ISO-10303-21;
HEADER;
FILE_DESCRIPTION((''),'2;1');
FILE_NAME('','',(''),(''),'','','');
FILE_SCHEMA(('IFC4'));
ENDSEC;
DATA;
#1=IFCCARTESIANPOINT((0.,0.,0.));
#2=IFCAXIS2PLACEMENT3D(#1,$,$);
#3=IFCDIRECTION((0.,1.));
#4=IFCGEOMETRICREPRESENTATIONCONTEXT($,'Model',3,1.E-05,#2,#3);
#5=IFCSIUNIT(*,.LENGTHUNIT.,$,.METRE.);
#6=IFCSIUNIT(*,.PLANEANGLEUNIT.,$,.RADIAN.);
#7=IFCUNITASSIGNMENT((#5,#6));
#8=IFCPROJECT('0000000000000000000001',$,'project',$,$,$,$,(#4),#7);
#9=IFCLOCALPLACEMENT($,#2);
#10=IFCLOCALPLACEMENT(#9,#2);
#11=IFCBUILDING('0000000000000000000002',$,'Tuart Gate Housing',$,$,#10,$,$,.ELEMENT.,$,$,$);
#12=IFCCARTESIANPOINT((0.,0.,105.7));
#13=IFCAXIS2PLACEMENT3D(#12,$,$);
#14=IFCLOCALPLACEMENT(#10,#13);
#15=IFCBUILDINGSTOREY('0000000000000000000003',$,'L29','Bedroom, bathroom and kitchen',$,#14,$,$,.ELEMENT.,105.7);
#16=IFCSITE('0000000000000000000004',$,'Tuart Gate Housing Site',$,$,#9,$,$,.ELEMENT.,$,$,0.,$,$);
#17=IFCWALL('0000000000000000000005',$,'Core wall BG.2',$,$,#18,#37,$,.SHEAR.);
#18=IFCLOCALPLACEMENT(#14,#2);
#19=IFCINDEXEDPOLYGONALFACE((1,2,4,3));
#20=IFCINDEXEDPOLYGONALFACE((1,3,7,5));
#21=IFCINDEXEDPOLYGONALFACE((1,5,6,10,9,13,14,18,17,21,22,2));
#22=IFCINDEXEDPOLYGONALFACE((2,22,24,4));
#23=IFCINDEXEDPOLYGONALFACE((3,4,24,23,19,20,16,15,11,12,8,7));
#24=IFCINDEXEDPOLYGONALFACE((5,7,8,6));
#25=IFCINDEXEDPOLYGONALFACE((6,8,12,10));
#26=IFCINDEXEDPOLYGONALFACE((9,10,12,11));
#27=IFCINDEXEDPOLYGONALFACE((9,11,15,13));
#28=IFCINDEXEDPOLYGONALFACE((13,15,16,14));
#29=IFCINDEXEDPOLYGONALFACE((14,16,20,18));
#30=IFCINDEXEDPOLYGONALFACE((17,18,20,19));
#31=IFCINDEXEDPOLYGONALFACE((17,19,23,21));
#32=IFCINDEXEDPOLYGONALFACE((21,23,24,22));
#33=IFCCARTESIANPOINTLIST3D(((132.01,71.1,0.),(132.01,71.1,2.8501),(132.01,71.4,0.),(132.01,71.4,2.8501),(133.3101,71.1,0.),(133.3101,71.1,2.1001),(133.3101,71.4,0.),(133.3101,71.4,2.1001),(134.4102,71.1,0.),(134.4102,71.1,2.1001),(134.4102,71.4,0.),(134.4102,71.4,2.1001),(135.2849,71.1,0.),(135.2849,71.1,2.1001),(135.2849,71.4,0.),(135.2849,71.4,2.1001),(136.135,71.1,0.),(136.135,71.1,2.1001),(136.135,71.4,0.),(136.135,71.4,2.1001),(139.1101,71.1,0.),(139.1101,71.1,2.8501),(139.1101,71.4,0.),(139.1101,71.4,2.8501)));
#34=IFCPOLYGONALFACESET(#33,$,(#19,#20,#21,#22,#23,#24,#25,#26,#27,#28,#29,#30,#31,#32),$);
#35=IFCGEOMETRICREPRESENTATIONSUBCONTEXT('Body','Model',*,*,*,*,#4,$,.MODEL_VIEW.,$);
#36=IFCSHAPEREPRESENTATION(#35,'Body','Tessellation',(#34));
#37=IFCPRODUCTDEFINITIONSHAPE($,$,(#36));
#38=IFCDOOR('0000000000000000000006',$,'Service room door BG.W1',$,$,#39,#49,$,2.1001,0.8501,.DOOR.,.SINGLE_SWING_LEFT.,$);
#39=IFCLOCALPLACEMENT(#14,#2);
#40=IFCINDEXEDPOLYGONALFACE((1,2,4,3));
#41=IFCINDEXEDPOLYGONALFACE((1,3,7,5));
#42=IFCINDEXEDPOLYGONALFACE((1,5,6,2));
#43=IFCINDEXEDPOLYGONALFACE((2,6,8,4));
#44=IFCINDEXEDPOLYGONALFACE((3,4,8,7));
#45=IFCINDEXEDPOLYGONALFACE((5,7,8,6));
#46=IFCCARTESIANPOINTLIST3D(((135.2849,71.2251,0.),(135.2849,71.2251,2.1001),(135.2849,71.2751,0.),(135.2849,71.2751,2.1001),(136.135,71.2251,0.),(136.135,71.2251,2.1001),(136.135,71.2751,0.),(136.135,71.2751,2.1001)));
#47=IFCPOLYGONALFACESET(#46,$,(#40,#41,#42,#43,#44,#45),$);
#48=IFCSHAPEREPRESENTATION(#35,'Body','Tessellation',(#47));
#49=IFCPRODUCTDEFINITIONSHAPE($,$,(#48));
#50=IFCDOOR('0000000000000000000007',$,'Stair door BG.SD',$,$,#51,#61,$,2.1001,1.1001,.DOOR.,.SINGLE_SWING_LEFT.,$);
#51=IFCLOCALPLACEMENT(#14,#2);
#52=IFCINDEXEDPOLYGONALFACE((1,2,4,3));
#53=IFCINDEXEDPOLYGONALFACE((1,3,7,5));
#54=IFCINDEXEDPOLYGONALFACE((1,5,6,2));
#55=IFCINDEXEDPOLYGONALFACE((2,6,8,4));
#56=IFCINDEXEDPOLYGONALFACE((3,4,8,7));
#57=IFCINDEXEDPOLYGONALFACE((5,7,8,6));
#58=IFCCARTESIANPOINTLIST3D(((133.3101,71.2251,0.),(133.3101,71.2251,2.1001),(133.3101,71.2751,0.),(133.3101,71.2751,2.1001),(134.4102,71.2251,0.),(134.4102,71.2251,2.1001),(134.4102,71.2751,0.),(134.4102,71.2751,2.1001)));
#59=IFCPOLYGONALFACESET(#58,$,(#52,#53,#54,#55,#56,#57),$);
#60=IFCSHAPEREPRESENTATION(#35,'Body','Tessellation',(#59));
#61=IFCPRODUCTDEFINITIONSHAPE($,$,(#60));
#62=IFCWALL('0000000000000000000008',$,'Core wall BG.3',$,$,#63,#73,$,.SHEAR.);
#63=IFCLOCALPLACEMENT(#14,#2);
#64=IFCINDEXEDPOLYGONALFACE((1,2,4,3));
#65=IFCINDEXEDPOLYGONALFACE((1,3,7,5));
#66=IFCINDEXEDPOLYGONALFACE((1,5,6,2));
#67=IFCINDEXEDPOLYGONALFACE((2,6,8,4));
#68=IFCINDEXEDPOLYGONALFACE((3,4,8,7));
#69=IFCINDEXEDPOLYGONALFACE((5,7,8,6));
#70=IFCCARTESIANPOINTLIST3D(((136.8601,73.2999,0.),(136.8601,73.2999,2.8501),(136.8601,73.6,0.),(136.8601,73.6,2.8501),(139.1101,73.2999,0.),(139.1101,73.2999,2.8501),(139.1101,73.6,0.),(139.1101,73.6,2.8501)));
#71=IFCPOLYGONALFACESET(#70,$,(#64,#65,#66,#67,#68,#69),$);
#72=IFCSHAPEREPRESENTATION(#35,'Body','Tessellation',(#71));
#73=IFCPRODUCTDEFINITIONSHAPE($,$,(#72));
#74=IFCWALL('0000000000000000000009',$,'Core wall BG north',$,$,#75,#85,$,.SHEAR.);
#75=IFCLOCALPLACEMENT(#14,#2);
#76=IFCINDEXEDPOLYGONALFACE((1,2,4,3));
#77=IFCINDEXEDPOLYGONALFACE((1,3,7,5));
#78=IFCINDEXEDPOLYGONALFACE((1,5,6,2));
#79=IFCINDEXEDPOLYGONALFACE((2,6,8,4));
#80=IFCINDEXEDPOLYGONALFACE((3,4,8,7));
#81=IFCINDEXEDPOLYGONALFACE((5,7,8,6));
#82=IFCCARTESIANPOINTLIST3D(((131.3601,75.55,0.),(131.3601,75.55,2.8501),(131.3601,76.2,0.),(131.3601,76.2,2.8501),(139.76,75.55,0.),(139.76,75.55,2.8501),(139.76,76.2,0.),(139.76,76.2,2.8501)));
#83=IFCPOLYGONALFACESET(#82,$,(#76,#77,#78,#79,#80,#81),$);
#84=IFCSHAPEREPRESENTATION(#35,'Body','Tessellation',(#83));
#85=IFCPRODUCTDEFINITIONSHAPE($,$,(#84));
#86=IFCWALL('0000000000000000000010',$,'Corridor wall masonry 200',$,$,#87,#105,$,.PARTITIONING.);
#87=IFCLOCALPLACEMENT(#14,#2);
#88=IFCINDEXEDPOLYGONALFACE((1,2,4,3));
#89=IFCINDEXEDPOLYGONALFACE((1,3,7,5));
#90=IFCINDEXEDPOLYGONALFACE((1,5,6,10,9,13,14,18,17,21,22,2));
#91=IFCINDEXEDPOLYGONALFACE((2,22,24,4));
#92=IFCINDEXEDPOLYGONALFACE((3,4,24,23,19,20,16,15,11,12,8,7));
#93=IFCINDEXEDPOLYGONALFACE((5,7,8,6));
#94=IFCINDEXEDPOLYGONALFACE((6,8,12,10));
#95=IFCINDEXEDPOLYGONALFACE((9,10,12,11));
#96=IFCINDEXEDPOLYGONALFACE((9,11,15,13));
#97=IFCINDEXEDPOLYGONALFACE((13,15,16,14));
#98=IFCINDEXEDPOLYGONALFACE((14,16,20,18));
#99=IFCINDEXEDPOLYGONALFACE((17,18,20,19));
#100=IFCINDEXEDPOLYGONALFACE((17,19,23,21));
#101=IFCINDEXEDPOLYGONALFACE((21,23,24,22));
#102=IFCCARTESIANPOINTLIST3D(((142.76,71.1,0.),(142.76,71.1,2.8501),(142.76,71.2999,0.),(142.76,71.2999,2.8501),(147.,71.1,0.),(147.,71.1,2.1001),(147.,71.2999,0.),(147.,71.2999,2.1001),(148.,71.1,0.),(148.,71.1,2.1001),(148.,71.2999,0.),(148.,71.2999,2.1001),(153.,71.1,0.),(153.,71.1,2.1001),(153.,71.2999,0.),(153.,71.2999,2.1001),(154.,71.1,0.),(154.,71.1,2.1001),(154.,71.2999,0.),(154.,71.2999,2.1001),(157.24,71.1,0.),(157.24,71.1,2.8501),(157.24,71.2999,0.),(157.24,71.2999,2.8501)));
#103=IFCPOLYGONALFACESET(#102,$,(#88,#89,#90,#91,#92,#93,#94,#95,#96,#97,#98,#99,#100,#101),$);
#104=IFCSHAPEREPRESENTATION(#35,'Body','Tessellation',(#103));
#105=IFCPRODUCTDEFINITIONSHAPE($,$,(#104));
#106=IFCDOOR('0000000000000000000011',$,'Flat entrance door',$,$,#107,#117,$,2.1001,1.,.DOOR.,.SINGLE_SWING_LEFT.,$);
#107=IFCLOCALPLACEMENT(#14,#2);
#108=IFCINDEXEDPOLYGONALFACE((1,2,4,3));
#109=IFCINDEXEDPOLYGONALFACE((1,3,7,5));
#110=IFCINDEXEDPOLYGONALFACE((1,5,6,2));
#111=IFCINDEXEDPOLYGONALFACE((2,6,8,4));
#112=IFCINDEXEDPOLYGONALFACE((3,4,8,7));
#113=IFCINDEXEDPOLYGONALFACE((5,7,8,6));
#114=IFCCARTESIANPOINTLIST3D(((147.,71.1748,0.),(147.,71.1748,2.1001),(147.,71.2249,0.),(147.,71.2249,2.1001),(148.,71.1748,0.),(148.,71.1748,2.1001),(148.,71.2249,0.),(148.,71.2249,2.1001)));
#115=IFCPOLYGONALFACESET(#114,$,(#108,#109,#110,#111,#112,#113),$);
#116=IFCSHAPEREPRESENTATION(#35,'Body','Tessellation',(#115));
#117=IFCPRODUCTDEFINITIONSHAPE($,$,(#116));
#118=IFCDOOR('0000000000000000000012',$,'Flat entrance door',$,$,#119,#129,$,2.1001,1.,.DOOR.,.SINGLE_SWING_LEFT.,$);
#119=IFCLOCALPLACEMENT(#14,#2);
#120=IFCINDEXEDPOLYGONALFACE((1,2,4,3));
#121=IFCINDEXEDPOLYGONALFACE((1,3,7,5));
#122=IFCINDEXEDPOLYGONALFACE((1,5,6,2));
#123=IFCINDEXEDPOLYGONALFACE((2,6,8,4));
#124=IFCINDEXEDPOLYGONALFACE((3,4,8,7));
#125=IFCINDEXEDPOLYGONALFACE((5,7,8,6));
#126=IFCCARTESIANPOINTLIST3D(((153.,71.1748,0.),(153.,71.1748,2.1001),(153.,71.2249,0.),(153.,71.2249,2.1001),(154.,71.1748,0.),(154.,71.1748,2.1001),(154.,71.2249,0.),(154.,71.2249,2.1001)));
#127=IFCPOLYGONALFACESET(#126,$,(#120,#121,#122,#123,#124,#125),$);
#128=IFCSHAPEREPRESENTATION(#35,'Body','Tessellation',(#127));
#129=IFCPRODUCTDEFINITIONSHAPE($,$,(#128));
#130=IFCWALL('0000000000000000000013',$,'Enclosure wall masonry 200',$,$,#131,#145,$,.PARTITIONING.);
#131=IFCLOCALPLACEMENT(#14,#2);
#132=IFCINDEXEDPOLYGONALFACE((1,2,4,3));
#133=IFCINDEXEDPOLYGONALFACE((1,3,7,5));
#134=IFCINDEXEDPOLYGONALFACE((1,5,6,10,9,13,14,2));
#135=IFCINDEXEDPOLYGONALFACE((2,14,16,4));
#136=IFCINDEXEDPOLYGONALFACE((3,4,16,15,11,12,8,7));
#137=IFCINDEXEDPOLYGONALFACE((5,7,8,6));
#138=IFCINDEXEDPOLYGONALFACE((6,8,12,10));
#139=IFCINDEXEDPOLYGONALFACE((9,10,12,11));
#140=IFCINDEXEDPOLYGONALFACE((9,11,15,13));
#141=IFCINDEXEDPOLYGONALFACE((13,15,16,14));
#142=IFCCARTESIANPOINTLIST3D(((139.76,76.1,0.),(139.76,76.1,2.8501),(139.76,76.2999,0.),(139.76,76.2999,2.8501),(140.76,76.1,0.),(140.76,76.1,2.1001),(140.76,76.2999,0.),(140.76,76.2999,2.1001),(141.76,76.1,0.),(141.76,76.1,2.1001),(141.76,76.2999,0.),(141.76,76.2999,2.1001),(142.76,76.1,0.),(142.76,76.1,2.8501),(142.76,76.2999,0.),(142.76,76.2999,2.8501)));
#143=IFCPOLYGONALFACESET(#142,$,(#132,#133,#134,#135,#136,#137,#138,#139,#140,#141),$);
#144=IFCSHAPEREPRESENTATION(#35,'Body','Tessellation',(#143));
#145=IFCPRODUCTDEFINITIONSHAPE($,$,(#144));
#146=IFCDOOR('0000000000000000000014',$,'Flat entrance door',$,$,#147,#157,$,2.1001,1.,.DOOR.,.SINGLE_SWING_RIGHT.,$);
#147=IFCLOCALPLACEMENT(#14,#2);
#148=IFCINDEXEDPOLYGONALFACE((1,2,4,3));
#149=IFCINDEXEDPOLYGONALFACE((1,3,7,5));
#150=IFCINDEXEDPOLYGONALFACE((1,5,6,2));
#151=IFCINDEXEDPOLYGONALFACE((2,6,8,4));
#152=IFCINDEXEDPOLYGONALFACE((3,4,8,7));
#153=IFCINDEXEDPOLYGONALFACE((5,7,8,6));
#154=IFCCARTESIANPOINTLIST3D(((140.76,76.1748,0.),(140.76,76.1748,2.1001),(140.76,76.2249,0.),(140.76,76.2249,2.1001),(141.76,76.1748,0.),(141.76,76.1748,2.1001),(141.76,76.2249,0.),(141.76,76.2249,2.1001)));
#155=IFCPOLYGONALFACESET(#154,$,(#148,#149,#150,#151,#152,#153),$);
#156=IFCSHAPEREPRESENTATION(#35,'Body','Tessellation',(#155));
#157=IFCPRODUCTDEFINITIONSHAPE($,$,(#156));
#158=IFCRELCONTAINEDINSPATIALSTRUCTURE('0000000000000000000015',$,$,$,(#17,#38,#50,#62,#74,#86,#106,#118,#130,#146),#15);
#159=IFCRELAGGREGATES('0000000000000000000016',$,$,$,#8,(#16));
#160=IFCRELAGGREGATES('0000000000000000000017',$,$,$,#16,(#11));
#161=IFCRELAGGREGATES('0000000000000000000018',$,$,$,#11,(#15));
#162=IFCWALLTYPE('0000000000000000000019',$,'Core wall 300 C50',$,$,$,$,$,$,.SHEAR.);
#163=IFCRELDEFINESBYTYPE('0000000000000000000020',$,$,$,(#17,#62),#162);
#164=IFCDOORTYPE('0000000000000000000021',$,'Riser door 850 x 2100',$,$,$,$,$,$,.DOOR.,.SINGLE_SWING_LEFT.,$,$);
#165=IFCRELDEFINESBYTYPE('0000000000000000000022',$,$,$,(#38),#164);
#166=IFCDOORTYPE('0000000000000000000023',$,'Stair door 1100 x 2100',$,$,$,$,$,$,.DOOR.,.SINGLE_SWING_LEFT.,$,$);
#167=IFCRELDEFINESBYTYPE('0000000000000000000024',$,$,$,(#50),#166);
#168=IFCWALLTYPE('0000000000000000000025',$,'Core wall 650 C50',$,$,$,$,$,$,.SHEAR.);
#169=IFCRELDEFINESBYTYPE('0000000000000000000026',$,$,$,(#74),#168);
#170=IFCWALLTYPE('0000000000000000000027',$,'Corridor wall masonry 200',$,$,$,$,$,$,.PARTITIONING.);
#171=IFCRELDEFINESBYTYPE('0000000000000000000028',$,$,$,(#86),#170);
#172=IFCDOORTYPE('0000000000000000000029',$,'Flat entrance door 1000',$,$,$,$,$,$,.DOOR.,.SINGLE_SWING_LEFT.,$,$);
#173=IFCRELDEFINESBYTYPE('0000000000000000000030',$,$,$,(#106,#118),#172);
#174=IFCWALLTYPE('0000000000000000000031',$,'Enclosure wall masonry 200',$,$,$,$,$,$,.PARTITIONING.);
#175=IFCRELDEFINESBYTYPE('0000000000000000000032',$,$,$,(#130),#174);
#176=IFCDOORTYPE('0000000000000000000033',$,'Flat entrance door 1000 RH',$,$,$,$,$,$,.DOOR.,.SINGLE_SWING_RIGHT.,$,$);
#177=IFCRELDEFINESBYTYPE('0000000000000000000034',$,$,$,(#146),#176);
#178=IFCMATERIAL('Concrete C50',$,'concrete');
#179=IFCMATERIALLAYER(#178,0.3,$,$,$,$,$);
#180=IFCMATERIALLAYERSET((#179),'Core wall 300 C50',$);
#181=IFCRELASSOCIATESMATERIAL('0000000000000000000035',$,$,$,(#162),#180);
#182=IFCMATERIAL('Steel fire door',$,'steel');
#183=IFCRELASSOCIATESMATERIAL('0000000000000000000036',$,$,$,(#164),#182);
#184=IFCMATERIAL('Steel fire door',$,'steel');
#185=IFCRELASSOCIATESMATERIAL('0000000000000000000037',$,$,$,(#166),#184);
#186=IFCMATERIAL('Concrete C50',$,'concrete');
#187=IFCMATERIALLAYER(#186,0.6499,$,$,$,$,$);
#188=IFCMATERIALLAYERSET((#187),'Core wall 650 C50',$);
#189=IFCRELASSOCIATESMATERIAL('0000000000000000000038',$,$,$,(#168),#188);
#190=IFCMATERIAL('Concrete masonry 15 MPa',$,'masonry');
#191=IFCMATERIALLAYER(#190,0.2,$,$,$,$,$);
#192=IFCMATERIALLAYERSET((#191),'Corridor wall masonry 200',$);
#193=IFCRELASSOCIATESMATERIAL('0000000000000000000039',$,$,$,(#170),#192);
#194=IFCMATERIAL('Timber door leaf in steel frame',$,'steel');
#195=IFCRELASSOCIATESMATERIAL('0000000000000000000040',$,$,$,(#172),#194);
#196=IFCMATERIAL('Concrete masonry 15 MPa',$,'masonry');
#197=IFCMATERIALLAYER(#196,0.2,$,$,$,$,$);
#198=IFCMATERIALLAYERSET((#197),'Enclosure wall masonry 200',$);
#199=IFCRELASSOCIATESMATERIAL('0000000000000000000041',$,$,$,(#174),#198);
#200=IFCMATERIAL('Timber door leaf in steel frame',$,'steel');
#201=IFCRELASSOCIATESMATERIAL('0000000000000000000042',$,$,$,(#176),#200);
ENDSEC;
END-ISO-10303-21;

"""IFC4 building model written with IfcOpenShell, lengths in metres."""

from ifc_helpers import new_model, si_unit, direction, frame, frame_2d, origin, place, context, subcontext, project, spatial, rectangle, extrude, material, layer, layer_set, type_object, element, fill, save


model = new_model("IFC4")

# Units and contexts
model_context = context("Model", 3, precision=1e-05, world=origin(), true_north=direction((0.0, 1.0)))
body_context = subcontext(model_context, "Body", "Model", "MODEL_VIEW")
ifc_project = project(units=[si_unit("LENGTHUNIT", "METRE"), si_unit("PLANEANGLEUNIT", "RADIAN")], contexts=[model_context])

# Site, building, storey
site_placement = place(None, origin())
site = spatial("IfcSite", under=ifc_project, at=site_placement, Name="Tuart Gate Housing Site", CompositionType="ELEMENT", RefElevation=0.0)
building_placement = place(site_placement, origin())
building = spatial("IfcBuilding", under=site, at=building_placement, Name="Tuart Gate Housing", CompositionType="ELEMENT")
storey_placement = place(building_placement, frame((0.0, 0.0, 105.7)))
storey = spatial("IfcBuildingStorey", under=building, at=storey_placement, Name="L29", Description="Bedroom, bathroom and kitchen", CompositionType="ELEMENT", Elevation=105.7)

# Wall, openings, doors
ifc_material_1 = material(Name="Concrete C50", Category="concrete")
ifc_layer_1 = layer(ifc_material_1, 0.3)
ifc_layer_set_1 = layer_set([ifc_layer_1], Name="Core wall 300 C50")
wall_type_1 = type_object("IfcWallType", Name="Core wall 300 C50", PredefinedType="SHEAR", material=ifc_layer_set_1)
wall_1_placement = place(storey_placement, frame((139.1101, 71.25, 0.0), z_axis=(0.0, 0.0, 1.0), x_axis=(-1.0, 0.0, 0.0)))
wall_1 = element("IfcWall", 1, at=wall_1_placement, inside=storey, type_object=wall_type_1, Name="Core wall BG.2", PredefinedType="SHEAR", context=body_context, shape_type="SweptSolid", body=[
    extrude(rectangle(XDim=7.1001, YDim=0.3, at=frame_2d((3.55, 0.0))), origin(), (0.0, 0.0, 1.0), 2.8501),
])
opening_1_placement = place(wall_1_placement, frame((4.7, 0.0, 0.0)))
opening_1 = element("IfcOpeningElement", 2, at=opening_1_placement, cuts=wall_1, PredefinedType="OPENING", context=body_context, shape_type="SweptSolid", body=[
    extrude(rectangle(XDim=1.1001, YDim=2.1001, at=frame_2d((0.55, 1.05))), frame((0.0, 0.1599, 0.0), z_axis=(0.0, -1.0, 0.0), x_axis=(1.0, 0.0, 0.0)), (0.0, 0.0, 1.0), 0.3201),
])
opening_2_placement = place(wall_1_placement, frame((2.9751, 0.0, 0.0)))
opening_2 = element("IfcOpeningElement", 3, at=opening_2_placement, cuts=wall_1, PredefinedType="OPENING", context=body_context, shape_type="SweptSolid", body=[
    extrude(rectangle(XDim=0.8501, YDim=2.1001, at=frame_2d((0.425, 1.05))), frame((0.0, 0.1599, 0.0), z_axis=(0.0, -1.0, 0.0), x_axis=(1.0, 0.0, 0.0)), (0.0, 0.0, 1.0), 0.3201),
])
ifc_material_2 = material(Name="Steel fire door", Category="steel")
door_type_1 = type_object("IfcDoorType", Name="Riser door 850 x 2100", OperationType="SINGLE_SWING_LEFT", PredefinedType="DOOR", material=ifc_material_2)
door_1_placement = place(opening_2_placement, origin())
door_1 = element("IfcDoor", 4, at=door_1_placement, inside=storey, type_object=door_type_1, Name="Service room door BG.W1", OperationType="SINGLE_SWING_LEFT", OverallHeight=2.1001, OverallWidth=0.8501, PredefinedType="DOOR", context=body_context, shape_type="SweptSolid", body=[
    extrude(rectangle(XDim=0.8501, YDim=2.1001, at=frame_2d((0.425, 1.05))), frame((0.0, 0.0249, 0.0), z_axis=(0.0, -1.0, 0.0), x_axis=(1.0, 0.0, 0.0)), (0.0, 0.0, 1.0), 0.05),
])
fill(opening_2, door_1)
ifc_material_3 = material(Name="Steel fire door", Category="steel")
door_type_2 = type_object("IfcDoorType", Name="Stair door 1100 x 2100", OperationType="SINGLE_SWING_LEFT", PredefinedType="DOOR", material=ifc_material_3)
door_2_placement = place(opening_1_placement, origin())
door_2 = element("IfcDoor", 5, at=door_2_placement, inside=storey, type_object=door_type_2, Name="Stair door BG.SD", OperationType="SINGLE_SWING_LEFT", OverallHeight=2.1001, OverallWidth=1.1001, PredefinedType="DOOR", context=body_context, shape_type="SweptSolid", body=[
    extrude(rectangle(XDim=1.1001, YDim=2.1001, at=frame_2d((0.55, 1.05))), frame((0.0, 0.0249, 0.0), z_axis=(0.0, -1.0, 0.0), x_axis=(1.0, 0.0, 0.0)), (0.0, 0.0, 1.0), 0.05),
])
fill(opening_1, door_2)

# Walls
wall_2_placement = place(storey_placement, frame((139.1101, 73.45, 0.0), z_axis=(0.0, 0.0, 1.0), x_axis=(-1.0, 0.0, 0.0)))
element("IfcWall", 6, at=wall_2_placement, inside=storey, type_object=wall_type_1, Name="Core wall BG.3", PredefinedType="SHEAR", context=body_context, shape_type="SweptSolid", body=[
    extrude(rectangle(XDim=2.25, YDim=0.3, at=frame_2d((1.125, 0.0))), origin(), (0.0, 0.0, 1.0), 2.8501),
])
ifc_material_4 = material(Name="Concrete C50", Category="concrete")
ifc_layer_2 = layer(ifc_material_4, 0.6499)
ifc_layer_set_2 = layer_set([ifc_layer_2], Name="Core wall 650 C50")
wall_type_2 = type_object("IfcWallType", Name="Core wall 650 C50", PredefinedType="SHEAR", material=ifc_layer_set_2)
wall_3_placement = place(storey_placement, frame((139.76, 75.875, 0.0), z_axis=(0.0, 0.0, 1.0), x_axis=(-1.0, 0.0, 0.0)))
element("IfcWall", 7, at=wall_3_placement, inside=storey, type_object=wall_type_2, Name="Core wall BG north", PredefinedType="SHEAR", context=body_context, shape_type="SweptSolid", body=[
    extrude(rectangle(XDim=8.3999, YDim=0.6499, at=frame_2d((4.2, 0.0))), origin(), (0.0, 0.0, 1.0), 2.8501),
])

# Wall, openings, doors
ifc_material_5 = material(Name="Concrete masonry 15 MPa", Category="masonry")
ifc_layer_3 = layer(ifc_material_5, 0.2)
ifc_layer_set_3 = layer_set([ifc_layer_3], Name="Corridor wall masonry 200")
wall_type_3 = type_object("IfcWallType", Name="Corridor wall masonry 200", PredefinedType="PARTITIONING", material=ifc_layer_set_3)
wall_4_placement = place(storey_placement, frame((142.76, 71.2, 0.0), z_axis=(0.0, 0.0, 1.0), x_axis=(1.0, 0.0, 0.0)))
wall_4 = element("IfcWall", 8, at=wall_4_placement, inside=storey, type_object=wall_type_3, Name="Corridor wall masonry 200", PredefinedType="PARTITIONING", context=body_context, shape_type="SweptSolid", body=[
    extrude(rectangle(XDim=14.48, YDim=0.2, at=frame_2d((7.24, 0.0))), origin(), (0.0, 0.0, 1.0), 2.8501),
])
opening_3_placement = place(wall_4_placement, frame((4.24, 0.0, 0.0)))
opening_3 = element("IfcOpeningElement", 9, at=opening_3_placement, cuts=wall_4, PredefinedType="OPENING", context=body_context, shape_type="SweptSolid", body=[
    extrude(rectangle(XDim=1.0, YDim=2.1001, at=frame_2d((0.5, 1.05))), frame((0.0, 0.1099, 0.0), z_axis=(0.0, -1.0, 0.0), x_axis=(1.0, 0.0, 0.0)), (0.0, 0.0, 1.0), 0.22),
])
opening_4_placement = place(wall_4_placement, frame((10.24, 0.0, 0.0)))
opening_4 = element("IfcOpeningElement", 10, at=opening_4_placement, cuts=wall_4, PredefinedType="OPENING", context=body_context, shape_type="SweptSolid", body=[
    extrude(rectangle(XDim=1.0, YDim=2.1001, at=frame_2d((0.5, 1.05))), frame((0.0, 0.1099, 0.0), z_axis=(0.0, -1.0, 0.0), x_axis=(1.0, 0.0, 0.0)), (0.0, 0.0, 1.0), 0.22),
])
ifc_material_6 = material(Name="Timber door leaf in steel frame", Category="steel")
door_type_3 = type_object("IfcDoorType", Name="Flat entrance door 1000", OperationType="SINGLE_SWING_LEFT", PredefinedType="DOOR", material=ifc_material_6)
door_3_placement = place(opening_3_placement, origin())
door_3 = element("IfcDoor", 11, at=door_3_placement, inside=storey, type_object=door_type_3, Name="Flat entrance door", OperationType="SINGLE_SWING_LEFT", OverallHeight=2.1001, OverallWidth=1.0, PredefinedType="DOOR", context=body_context, shape_type="SweptSolid", body=[
    extrude(rectangle(XDim=1.0, YDim=2.1001, at=frame_2d((0.5, 1.05))), frame((0.0, 0.0249, 0.0), z_axis=(0.0, -1.0, 0.0), x_axis=(1.0, 0.0, 0.0)), (0.0, 0.0, 1.0), 0.05),
])
fill(opening_3, door_3)
door_4_placement = place(opening_4_placement, origin())
door_4 = element("IfcDoor", 12, at=door_4_placement, inside=storey, type_object=door_type_3, Name="Flat entrance door", OperationType="SINGLE_SWING_LEFT", OverallHeight=2.1001, OverallWidth=1.0, PredefinedType="DOOR", context=body_context, shape_type="SweptSolid", body=[
    extrude(rectangle(XDim=1.0, YDim=2.1001, at=frame_2d((0.5, 1.05))), frame((0.0, 0.0249, 0.0), z_axis=(0.0, -1.0, 0.0), x_axis=(1.0, 0.0, 0.0)), (0.0, 0.0, 1.0), 0.05),
])
fill(opening_4, door_4)

# Wall, opening, door
ifc_material_7 = material(Name="Concrete masonry 15 MPa", Category="masonry")
ifc_layer_4 = layer(ifc_material_7, 0.2)
ifc_layer_set_4 = layer_set([ifc_layer_4], Name="Enclosure wall masonry 200")
wall_type_4 = type_object("IfcWallType", Name="Enclosure wall masonry 200", PredefinedType="PARTITIONING", material=ifc_layer_set_4)
wall_5_placement = place(storey_placement, frame((139.76, 76.2, 0.0), z_axis=(0.0, 0.0, 1.0), x_axis=(1.0, 0.0, 0.0)))
wall_5 = element("IfcWall", 13, at=wall_5_placement, inside=storey, type_object=wall_type_4, Name="Enclosure wall masonry 200", PredefinedType="PARTITIONING", context=body_context, shape_type="SweptSolid", body=[
    extrude(rectangle(XDim=3.0, YDim=0.2, at=frame_2d((1.5, 0.0))), origin(), (0.0, 0.0, 1.0), 2.8501),
])
opening_5_placement = place(wall_5_placement, frame((1.0, 0.0, 0.0)))
opening_5 = element("IfcOpeningElement", 14, at=opening_5_placement, cuts=wall_5, PredefinedType="OPENING", context=body_context, shape_type="SweptSolid", body=[
    extrude(rectangle(XDim=1.0, YDim=2.1001, at=frame_2d((0.5, 1.05))), frame((0.0, 0.1099, 0.0), z_axis=(0.0, -1.0, 0.0), x_axis=(1.0, 0.0, 0.0)), (0.0, 0.0, 1.0), 0.22),
])
ifc_material_8 = material(Name="Timber door leaf in steel frame", Category="steel")
door_type_4 = type_object("IfcDoorType", Name="Flat entrance door 1000 RH", OperationType="SINGLE_SWING_RIGHT", PredefinedType="DOOR", material=ifc_material_8)
door_5_placement = place(opening_5_placement, origin())
door_5 = element("IfcDoor", 15, at=door_5_placement, inside=storey, type_object=door_type_4, Name="Flat entrance door", OperationType="SINGLE_SWING_RIGHT", OverallHeight=2.1001, OverallWidth=1.0, PredefinedType="DOOR", context=body_context, shape_type="SweptSolid", body=[
    extrude(rectangle(XDim=1.0, YDim=2.1001, at=frame_2d((0.5, 1.05))), frame((0.0, 0.0249, 0.0), z_axis=(0.0, -1.0, 0.0), x_axis=(1.0, 0.0, 0.0)), (0.0, 0.0, 1.0), 0.05),
])
fill(opening_5, door_5)

save(model, "model.ifc")
